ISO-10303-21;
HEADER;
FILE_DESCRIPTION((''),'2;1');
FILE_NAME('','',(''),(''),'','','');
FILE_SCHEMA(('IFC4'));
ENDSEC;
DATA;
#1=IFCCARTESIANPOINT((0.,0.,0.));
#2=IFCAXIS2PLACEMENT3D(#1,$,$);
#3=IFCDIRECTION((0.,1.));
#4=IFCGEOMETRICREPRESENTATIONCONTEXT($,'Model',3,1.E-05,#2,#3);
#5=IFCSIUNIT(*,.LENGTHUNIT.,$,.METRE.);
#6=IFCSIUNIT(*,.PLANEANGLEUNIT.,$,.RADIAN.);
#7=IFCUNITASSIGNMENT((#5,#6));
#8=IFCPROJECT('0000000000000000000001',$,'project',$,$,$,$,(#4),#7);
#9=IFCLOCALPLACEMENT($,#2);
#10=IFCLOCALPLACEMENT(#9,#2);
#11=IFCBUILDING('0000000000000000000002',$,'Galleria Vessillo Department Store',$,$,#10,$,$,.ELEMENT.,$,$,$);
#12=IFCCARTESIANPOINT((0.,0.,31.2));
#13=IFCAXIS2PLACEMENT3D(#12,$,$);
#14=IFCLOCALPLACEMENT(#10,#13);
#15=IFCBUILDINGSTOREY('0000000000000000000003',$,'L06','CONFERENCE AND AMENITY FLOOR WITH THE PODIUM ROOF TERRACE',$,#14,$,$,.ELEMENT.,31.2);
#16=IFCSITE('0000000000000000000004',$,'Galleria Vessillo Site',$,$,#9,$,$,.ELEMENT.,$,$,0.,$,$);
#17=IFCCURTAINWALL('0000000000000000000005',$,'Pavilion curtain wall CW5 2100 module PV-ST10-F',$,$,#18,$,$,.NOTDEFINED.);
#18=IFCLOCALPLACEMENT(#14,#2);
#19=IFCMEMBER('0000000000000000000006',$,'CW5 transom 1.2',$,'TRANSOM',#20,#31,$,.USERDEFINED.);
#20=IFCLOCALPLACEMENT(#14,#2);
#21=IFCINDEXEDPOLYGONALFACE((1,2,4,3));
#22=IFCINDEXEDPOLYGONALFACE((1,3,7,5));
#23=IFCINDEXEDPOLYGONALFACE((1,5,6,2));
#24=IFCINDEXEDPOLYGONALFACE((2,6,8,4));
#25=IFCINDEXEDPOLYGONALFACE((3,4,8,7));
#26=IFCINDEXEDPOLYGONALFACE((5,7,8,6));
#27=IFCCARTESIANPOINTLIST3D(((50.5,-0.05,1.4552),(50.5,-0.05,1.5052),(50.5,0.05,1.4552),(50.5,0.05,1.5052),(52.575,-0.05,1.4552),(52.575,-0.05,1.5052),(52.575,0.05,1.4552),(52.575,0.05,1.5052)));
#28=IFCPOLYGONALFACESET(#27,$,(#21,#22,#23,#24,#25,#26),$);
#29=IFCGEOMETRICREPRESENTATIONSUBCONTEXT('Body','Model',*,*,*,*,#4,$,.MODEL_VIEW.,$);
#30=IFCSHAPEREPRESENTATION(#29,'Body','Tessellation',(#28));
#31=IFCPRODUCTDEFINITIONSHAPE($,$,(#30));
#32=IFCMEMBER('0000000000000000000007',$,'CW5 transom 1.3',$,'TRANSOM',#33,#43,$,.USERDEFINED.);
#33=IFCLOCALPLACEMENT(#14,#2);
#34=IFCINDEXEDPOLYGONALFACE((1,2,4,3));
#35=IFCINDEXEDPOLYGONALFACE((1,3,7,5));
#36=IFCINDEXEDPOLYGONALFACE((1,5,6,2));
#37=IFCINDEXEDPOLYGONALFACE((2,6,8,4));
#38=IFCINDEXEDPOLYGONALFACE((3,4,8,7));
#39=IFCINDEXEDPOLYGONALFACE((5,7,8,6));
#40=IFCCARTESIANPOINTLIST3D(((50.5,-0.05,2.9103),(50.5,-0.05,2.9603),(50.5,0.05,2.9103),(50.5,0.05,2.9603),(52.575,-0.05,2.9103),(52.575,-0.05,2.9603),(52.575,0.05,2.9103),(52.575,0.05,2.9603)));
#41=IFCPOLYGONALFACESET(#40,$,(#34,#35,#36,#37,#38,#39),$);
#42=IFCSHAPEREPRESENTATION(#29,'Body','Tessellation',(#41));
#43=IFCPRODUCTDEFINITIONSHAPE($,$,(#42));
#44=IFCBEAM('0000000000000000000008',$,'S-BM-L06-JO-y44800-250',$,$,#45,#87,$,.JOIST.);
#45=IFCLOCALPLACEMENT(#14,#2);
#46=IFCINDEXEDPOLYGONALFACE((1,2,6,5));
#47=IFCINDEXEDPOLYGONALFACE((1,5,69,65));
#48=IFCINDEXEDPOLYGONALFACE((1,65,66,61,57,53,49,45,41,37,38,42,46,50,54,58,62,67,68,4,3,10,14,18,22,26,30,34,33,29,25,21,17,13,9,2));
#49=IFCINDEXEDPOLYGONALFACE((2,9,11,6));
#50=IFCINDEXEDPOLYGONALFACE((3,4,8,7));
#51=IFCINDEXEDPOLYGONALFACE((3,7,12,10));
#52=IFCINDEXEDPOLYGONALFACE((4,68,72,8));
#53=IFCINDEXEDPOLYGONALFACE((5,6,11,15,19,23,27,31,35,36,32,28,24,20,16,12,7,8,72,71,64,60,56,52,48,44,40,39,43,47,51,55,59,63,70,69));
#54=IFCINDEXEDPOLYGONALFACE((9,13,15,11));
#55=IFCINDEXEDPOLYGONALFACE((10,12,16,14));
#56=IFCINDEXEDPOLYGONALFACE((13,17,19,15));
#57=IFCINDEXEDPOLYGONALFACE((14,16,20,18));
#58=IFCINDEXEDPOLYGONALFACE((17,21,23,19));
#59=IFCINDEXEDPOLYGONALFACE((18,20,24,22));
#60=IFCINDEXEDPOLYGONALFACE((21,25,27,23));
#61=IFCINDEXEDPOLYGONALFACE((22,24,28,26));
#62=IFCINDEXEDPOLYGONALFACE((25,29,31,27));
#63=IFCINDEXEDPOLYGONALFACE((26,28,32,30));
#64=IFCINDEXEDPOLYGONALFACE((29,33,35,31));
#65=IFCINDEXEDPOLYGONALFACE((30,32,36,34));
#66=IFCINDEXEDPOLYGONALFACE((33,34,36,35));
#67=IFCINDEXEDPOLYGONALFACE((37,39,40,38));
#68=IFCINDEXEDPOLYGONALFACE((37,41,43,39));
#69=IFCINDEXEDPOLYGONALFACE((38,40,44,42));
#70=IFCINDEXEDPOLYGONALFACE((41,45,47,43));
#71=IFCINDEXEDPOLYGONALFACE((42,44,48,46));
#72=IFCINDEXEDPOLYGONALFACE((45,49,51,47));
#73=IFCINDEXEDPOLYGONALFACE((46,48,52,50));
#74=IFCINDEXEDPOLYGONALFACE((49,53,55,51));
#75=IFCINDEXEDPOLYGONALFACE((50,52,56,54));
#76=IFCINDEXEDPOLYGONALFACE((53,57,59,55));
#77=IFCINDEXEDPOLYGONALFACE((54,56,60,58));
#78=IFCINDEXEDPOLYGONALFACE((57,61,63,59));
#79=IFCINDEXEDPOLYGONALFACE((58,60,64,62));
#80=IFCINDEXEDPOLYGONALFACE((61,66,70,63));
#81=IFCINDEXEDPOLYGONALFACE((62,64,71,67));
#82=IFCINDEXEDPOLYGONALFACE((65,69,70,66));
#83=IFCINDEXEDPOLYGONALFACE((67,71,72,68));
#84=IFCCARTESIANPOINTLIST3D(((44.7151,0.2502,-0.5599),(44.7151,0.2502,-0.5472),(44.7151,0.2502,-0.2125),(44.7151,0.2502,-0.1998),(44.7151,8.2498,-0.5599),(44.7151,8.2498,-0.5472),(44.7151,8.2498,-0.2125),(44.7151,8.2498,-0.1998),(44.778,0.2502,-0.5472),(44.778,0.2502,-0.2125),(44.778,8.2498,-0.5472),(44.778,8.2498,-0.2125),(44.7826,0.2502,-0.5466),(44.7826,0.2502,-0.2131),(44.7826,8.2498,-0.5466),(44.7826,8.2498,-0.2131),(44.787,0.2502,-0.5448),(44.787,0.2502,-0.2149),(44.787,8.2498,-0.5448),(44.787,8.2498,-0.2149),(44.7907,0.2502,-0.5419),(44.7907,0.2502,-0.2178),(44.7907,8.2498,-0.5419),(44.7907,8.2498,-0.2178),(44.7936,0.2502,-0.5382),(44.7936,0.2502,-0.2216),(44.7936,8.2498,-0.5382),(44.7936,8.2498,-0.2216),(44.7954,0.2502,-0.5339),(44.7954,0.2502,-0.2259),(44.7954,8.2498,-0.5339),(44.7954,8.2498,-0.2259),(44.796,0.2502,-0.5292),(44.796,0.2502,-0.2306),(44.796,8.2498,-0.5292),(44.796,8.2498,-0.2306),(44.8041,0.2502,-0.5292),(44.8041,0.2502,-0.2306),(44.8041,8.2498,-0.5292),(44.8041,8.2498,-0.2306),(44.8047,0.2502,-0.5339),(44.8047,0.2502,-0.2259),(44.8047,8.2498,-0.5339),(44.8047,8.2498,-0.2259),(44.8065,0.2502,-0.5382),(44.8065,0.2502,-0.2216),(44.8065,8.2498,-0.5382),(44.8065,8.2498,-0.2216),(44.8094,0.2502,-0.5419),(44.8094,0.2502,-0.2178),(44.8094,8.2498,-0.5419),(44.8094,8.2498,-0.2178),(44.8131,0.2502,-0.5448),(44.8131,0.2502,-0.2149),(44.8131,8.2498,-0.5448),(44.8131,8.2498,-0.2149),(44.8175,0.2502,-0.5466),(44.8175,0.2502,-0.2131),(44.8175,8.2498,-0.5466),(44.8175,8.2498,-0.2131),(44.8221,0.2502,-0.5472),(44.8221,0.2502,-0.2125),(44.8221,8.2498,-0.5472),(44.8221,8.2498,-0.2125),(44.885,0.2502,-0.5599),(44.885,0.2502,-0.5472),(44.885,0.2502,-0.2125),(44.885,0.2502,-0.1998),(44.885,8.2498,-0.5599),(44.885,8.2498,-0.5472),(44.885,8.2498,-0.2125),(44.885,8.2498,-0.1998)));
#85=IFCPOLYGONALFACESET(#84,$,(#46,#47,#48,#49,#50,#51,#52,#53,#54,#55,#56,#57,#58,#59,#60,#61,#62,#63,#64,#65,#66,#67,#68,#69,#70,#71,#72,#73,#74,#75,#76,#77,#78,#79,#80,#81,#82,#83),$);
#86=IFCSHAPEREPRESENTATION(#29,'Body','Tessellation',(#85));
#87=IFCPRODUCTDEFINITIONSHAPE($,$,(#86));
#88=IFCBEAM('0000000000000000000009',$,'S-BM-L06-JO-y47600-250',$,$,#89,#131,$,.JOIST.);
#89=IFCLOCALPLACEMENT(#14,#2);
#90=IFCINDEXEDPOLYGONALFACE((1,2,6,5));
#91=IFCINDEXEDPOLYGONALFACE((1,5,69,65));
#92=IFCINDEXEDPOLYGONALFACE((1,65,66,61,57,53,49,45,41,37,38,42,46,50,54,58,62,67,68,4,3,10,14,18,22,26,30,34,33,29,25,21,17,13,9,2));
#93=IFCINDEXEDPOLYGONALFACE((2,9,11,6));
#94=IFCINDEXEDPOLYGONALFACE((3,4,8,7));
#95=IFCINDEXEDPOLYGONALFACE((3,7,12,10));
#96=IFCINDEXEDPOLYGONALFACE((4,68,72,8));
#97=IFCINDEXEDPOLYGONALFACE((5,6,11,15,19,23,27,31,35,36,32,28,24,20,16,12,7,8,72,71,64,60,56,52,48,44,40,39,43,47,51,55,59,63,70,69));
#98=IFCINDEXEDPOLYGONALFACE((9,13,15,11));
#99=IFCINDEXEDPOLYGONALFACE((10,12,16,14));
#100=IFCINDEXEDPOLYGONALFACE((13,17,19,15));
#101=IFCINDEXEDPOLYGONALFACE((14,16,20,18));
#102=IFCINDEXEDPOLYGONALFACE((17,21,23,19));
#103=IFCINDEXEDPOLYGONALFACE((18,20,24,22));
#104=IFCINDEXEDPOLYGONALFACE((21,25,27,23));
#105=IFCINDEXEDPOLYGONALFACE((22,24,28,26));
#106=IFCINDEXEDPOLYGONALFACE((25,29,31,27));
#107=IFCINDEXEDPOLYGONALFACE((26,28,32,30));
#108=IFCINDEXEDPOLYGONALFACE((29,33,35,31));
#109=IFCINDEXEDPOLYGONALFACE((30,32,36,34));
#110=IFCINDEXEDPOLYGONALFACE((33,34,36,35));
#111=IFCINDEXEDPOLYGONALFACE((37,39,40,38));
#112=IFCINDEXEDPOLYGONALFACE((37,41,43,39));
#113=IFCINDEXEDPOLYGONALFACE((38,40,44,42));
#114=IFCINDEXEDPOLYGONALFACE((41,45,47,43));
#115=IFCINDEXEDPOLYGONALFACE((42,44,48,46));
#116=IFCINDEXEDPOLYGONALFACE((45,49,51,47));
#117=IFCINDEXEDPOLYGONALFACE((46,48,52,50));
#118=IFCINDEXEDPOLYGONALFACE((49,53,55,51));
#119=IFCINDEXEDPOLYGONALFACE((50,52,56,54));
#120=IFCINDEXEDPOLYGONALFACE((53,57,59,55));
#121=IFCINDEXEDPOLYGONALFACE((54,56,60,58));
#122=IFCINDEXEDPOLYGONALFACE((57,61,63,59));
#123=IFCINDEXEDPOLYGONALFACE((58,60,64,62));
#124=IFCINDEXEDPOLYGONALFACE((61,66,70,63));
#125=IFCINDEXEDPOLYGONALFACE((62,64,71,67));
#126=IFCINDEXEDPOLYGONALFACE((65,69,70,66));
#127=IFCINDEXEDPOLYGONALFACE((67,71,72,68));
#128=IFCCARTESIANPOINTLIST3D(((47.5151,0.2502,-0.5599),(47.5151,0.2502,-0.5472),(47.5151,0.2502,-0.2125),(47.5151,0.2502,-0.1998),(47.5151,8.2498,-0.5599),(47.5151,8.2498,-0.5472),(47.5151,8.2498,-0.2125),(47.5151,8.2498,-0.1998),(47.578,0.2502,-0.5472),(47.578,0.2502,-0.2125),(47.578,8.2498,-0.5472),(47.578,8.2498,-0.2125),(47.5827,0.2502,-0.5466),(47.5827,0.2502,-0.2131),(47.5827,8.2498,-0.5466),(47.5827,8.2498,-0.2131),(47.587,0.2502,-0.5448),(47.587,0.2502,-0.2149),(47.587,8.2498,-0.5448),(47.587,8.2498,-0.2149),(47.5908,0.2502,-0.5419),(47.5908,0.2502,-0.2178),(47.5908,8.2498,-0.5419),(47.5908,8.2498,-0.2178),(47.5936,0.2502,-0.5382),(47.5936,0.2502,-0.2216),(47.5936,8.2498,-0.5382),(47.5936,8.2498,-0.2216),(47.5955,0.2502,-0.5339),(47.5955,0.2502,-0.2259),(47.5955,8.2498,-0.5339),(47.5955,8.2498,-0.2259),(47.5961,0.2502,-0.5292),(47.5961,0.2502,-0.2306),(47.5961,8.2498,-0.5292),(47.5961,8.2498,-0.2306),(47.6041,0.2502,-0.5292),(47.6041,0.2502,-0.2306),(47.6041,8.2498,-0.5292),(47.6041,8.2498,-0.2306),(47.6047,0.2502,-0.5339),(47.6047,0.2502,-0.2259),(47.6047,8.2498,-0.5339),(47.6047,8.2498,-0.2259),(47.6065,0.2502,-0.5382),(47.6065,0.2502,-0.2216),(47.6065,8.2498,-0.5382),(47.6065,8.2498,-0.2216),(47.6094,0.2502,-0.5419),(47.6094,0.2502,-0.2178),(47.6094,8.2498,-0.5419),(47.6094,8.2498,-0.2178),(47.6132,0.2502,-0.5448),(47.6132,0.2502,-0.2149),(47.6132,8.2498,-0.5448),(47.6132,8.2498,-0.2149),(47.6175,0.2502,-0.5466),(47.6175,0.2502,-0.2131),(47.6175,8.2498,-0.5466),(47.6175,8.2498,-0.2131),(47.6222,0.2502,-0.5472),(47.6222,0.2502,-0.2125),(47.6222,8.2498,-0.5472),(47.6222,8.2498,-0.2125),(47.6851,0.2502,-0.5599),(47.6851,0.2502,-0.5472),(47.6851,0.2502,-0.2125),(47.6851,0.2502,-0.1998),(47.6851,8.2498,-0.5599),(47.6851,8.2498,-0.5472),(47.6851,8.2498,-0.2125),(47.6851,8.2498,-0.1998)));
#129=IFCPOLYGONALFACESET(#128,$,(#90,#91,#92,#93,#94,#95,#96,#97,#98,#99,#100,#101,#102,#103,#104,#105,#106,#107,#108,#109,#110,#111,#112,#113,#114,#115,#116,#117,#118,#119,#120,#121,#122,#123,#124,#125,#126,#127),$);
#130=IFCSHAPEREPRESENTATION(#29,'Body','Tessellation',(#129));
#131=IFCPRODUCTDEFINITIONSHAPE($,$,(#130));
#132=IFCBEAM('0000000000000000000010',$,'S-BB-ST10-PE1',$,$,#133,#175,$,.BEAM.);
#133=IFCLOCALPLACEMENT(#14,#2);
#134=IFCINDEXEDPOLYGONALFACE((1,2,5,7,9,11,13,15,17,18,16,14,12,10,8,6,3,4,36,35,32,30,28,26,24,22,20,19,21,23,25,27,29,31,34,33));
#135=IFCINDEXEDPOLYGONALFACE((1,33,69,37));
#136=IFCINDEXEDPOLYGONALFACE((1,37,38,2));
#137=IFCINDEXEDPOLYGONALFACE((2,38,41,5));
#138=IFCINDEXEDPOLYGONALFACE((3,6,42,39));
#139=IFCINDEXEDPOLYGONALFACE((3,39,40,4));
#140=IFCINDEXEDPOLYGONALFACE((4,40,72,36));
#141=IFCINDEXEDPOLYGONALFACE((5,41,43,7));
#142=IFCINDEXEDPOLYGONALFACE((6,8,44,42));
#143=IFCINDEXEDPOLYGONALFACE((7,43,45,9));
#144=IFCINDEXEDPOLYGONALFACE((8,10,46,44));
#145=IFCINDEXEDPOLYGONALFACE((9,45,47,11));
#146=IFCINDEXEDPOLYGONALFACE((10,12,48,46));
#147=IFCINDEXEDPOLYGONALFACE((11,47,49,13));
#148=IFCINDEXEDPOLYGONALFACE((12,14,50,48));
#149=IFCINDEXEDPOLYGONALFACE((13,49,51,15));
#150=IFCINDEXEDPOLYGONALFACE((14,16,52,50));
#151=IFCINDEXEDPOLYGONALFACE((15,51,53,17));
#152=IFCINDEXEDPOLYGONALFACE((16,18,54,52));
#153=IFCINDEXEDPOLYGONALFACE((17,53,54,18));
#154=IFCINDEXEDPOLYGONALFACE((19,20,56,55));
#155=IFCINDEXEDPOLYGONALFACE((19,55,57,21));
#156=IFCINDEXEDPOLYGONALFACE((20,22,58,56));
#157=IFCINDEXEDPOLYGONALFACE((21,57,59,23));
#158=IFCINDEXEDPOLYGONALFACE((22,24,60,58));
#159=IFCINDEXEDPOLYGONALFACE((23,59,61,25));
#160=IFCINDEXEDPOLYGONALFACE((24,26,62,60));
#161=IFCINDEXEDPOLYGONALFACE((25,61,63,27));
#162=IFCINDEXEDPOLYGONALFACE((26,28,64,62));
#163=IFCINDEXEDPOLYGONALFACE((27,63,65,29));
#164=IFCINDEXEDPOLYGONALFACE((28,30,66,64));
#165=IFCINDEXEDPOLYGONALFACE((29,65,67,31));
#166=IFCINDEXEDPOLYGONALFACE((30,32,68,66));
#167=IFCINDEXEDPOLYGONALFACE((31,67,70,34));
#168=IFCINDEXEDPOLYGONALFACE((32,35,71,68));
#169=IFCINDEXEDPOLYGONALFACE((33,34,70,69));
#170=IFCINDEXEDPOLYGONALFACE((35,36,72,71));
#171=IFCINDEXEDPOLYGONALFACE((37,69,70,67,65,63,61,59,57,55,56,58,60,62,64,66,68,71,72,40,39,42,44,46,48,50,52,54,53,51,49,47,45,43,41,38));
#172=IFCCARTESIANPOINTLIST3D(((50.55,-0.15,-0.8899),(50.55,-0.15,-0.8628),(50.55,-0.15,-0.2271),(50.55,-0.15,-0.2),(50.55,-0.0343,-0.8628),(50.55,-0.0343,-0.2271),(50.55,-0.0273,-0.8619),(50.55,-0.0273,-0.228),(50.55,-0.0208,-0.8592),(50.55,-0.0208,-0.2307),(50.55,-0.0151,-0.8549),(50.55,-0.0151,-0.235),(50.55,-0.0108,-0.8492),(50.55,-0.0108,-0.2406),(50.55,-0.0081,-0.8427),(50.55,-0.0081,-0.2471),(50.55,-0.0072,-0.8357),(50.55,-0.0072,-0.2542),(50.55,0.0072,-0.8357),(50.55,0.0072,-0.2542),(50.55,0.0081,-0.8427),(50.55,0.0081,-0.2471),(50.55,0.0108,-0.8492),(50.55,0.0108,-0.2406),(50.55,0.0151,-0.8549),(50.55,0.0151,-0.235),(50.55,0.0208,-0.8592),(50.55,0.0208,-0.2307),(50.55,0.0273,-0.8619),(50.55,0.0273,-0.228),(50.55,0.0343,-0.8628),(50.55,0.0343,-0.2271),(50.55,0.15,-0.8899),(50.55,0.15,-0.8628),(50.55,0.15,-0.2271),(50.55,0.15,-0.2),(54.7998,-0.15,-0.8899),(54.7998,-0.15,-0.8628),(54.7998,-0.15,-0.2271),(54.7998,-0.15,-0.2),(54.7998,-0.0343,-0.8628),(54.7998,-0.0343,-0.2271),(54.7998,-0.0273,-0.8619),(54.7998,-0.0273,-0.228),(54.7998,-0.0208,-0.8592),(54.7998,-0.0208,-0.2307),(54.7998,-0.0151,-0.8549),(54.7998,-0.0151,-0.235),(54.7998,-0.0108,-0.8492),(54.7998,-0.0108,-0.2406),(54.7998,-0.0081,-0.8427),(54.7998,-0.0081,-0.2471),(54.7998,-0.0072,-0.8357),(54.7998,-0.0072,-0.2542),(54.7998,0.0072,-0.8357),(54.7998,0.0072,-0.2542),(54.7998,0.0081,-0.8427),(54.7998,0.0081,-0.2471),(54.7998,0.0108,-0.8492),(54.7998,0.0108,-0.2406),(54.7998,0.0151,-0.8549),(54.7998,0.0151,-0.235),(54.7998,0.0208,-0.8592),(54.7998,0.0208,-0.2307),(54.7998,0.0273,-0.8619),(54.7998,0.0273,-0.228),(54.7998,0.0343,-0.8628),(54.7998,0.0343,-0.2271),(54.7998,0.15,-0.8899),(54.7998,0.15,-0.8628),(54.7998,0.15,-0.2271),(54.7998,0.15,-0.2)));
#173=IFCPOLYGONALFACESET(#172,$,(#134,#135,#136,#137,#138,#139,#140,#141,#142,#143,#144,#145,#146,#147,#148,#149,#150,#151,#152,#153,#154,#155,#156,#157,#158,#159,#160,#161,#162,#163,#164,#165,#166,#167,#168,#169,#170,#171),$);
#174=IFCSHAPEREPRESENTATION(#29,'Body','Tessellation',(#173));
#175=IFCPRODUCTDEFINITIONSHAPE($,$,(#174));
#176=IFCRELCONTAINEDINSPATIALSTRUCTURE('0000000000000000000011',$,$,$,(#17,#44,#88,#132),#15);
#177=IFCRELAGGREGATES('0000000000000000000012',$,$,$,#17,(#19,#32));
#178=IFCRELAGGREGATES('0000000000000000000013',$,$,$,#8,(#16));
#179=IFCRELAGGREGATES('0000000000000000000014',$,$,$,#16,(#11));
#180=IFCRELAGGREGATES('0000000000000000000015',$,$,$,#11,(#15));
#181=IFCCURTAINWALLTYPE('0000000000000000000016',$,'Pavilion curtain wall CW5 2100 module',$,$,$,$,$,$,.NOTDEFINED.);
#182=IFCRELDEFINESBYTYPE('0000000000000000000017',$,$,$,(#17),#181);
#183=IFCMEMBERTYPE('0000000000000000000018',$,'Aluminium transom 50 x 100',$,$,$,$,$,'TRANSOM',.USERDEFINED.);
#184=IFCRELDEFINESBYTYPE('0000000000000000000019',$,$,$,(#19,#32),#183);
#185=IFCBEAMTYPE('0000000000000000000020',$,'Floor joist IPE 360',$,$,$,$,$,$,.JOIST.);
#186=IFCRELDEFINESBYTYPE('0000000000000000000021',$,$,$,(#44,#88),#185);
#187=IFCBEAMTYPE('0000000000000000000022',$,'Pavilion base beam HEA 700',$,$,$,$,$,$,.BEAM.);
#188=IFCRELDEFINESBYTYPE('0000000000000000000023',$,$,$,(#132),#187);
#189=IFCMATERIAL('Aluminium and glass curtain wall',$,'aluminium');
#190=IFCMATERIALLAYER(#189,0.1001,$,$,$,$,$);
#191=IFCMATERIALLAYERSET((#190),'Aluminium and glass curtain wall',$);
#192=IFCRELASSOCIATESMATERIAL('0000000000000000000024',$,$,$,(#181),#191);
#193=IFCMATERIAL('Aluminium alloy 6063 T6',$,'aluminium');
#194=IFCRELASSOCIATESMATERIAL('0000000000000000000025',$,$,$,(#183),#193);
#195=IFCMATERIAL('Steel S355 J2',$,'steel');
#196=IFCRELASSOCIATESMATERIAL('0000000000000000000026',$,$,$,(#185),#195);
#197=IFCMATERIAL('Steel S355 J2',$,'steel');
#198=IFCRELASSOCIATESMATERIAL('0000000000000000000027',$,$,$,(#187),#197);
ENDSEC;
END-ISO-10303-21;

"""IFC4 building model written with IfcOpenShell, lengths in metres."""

from ifc_helpers import new_model, si_unit, direction, frame, origin, origin_2d, place, context, subcontext, project, spatial, rectangle, i_section, extrude, material, layer, layer_set, material_profile, profile_set, type_object, element, aggregate, save


model = new_model("IFC4")

# Units and contexts
model_context = context("Model", 3, precision=1e-05, world=origin(), true_north=direction((0.0, 1.0)))
body_context = subcontext(model_context, "Body", "Model", "MODEL_VIEW")
ifc_project = project(units=[si_unit("LENGTHUNIT", "METRE"), si_unit("PLANEANGLEUNIT", "RADIAN")], contexts=[model_context])

# Site, building, storey
site_placement = place(None, origin())
site = spatial("IfcSite", under=ifc_project, at=site_placement, Name="Galleria Vessillo Site", CompositionType="ELEMENT", RefElevation=0.0)
building_placement = place(site_placement, origin())
building = spatial("IfcBuilding", under=site, at=building_placement, Name="Galleria Vessillo Department Store", CompositionType="ELEMENT")
storey_placement = place(building_placement, frame((0.0, 0.0, 31.2)))
storey = spatial("IfcBuildingStorey", under=building, at=storey_placement, Name="L06", Description="CONFERENCE AND AMENITY FLOOR WITH THE PODIUM ROOF TERRACE", CompositionType="ELEMENT", Elevation=31.2)

# Shared definitions
ifc_material_1 = material(Name="Aluminium and glass curtain wall", Category="aluminium")
ifc_layer_1 = layer(ifc_material_1, 0.1001)
ifc_layer_set_1 = layer_set([ifc_layer_1], Name="Aluminium and glass curtain wall")
curtain_wall_type = type_object("IfcCurtainWallType", Name="Pavilion curtain wall CW5 2100 module", PredefinedType="NOTDEFINED", material=ifc_layer_set_1)

# Curtain wall
curtain_wall_1_placement = place(storey_placement, origin())
curtain_wall_1 = element("IfcCurtainWall", 1, at=curtain_wall_1_placement, inside=storey, type_object=curtain_wall_type, Name="Pavilion curtain wall CW5 2100 module PV-ST10-F", PredefinedType="NOTDEFINED")

# Members
ifc_material_2 = material(Name="Aluminium alloy 6063 T6", Category="aluminium")
ifc_material_profile_1 = material_profile(ifc_material_2, rectangle(XDim=0.1001, YDim=0.05, at=origin_2d()), Name="AL 50x100")
ifc_profile_set_1 = profile_set([ifc_material_profile_1], Name="Aluminium alloy 6063 T6")
member_type_1 = type_object("IfcMemberType", Name="Aluminium transom 50 x 100", ElementType="TRANSOM", PredefinedType="USERDEFINED", material=ifc_profile_set_1)
member_1_placement = place(storey_placement, frame((50.5, 0.0, 1.4802), z_axis=(1.0, 0.0, 0.0), x_axis=(0.0, 1.0, 0.0)))
member_1 = element("IfcMember", 2, at=member_1_placement, type_object=member_type_1, Name="CW5 transom 1.2", ObjectType="TRANSOM", PredefinedType="USERDEFINED", context=body_context, shape_type="SweptSolid", body=[
    extrude(rectangle(XDim=0.1001, YDim=0.05, at=origin_2d()), origin(), (0.0, 0.0, 1.0), 2.075),
])
member_2_placement = place(storey_placement, frame((50.5, 0.0, 2.9353), z_axis=(1.0, 0.0, 0.0), x_axis=(0.0, 1.0, 0.0)))
member_2 = element("IfcMember", 3, at=member_2_placement, type_object=member_type_1, Name="CW5 transom 1.3", ObjectType="TRANSOM", PredefinedType="USERDEFINED", context=body_context, shape_type="SweptSolid", body=[
    extrude(rectangle(XDim=0.1001, YDim=0.05, at=origin_2d()), origin(), (0.0, 0.0, 1.0), 2.075),
])
aggregate(curtain_wall_1, [member_1, member_2])

# Beams
ifc_material_3 = material(Name="Steel S355 J2", Category="steel")
ifc_material_profile_2 = material_profile(ifc_material_3, i_section(OverallWidth=0.1699, OverallDepth=0.3601, WebThickness=0.0081, FlangeThickness=0.0127, FilletRadius=0.0181, at=origin_2d()), Name="IPE 360")
ifc_profile_set_2 = profile_set([ifc_material_profile_2], Name="Steel S355 J2")
beam_type_1 = type_object("IfcBeamType", Name="Floor joist IPE 360", PredefinedType="JOIST", material=ifc_profile_set_2)
for number, where, z_axis, x_axis, name in (
    (4, (44.8, 0.2502, -0.3799), (0.0, 1.0, 0.0), (-1.0, 0.0, 0.0), "S-BM-L06-JO-y44800-250"),
    (5, (47.6001, 0.2502, -0.3799), (0.0, 1.0, 0.0), (-1.0, 0.0, 0.0), "S-BM-L06-JO-y47600-250"),
):
    element("IfcBeam", number, at=place(storey_placement, frame(where, z_axis=z_axis, x_axis=x_axis)), inside=storey, type_object=beam_type_1, Name=name, PredefinedType="JOIST", context=body_context, shape_type="SweptSolid", body=[
        extrude(i_section(OverallWidth=0.1699, OverallDepth=0.3601, WebThickness=0.0081, FlangeThickness=0.0127, FilletRadius=0.0181, at=origin_2d()), origin(), (0.0, 0.0, 1.0), 7.9995),
    ])
ifc_material_4 = material(Name="Steel S355 J2", Category="steel")
ifc_material_profile_3 = material_profile(ifc_material_4, i_section(OverallWidth=0.3, OverallDepth=0.6899, WebThickness=0.0144, FlangeThickness=0.0271, FilletRadius=0.0271, at=origin_2d()), Name="HEA 700")
ifc_profile_set_3 = profile_set([ifc_material_profile_3], Name="Steel S355 J2")
beam_type_2 = type_object("IfcBeamType", Name="Pavilion base beam HEA 700", PredefinedType="BEAM", material=ifc_profile_set_3)
beam_1_placement = place(storey_placement, frame((50.55, 0.0, -0.5449), z_axis=(1.0, 0.0, 0.0), x_axis=(0.0, 1.0, 0.0)))
element("IfcBeam", 6, at=beam_1_placement, inside=storey, type_object=beam_type_2, Name="S-BB-ST10-PE1", PredefinedType="BEAM", context=body_context, shape_type="SweptSolid", body=[
    extrude(i_section(OverallWidth=0.3, OverallDepth=0.6899, WebThickness=0.0144, FlangeThickness=0.0271, FilletRadius=0.0271, at=origin_2d()), origin(), (0.0, 0.0, 1.0), 4.2498),
])

save(model, "model.ifc")
